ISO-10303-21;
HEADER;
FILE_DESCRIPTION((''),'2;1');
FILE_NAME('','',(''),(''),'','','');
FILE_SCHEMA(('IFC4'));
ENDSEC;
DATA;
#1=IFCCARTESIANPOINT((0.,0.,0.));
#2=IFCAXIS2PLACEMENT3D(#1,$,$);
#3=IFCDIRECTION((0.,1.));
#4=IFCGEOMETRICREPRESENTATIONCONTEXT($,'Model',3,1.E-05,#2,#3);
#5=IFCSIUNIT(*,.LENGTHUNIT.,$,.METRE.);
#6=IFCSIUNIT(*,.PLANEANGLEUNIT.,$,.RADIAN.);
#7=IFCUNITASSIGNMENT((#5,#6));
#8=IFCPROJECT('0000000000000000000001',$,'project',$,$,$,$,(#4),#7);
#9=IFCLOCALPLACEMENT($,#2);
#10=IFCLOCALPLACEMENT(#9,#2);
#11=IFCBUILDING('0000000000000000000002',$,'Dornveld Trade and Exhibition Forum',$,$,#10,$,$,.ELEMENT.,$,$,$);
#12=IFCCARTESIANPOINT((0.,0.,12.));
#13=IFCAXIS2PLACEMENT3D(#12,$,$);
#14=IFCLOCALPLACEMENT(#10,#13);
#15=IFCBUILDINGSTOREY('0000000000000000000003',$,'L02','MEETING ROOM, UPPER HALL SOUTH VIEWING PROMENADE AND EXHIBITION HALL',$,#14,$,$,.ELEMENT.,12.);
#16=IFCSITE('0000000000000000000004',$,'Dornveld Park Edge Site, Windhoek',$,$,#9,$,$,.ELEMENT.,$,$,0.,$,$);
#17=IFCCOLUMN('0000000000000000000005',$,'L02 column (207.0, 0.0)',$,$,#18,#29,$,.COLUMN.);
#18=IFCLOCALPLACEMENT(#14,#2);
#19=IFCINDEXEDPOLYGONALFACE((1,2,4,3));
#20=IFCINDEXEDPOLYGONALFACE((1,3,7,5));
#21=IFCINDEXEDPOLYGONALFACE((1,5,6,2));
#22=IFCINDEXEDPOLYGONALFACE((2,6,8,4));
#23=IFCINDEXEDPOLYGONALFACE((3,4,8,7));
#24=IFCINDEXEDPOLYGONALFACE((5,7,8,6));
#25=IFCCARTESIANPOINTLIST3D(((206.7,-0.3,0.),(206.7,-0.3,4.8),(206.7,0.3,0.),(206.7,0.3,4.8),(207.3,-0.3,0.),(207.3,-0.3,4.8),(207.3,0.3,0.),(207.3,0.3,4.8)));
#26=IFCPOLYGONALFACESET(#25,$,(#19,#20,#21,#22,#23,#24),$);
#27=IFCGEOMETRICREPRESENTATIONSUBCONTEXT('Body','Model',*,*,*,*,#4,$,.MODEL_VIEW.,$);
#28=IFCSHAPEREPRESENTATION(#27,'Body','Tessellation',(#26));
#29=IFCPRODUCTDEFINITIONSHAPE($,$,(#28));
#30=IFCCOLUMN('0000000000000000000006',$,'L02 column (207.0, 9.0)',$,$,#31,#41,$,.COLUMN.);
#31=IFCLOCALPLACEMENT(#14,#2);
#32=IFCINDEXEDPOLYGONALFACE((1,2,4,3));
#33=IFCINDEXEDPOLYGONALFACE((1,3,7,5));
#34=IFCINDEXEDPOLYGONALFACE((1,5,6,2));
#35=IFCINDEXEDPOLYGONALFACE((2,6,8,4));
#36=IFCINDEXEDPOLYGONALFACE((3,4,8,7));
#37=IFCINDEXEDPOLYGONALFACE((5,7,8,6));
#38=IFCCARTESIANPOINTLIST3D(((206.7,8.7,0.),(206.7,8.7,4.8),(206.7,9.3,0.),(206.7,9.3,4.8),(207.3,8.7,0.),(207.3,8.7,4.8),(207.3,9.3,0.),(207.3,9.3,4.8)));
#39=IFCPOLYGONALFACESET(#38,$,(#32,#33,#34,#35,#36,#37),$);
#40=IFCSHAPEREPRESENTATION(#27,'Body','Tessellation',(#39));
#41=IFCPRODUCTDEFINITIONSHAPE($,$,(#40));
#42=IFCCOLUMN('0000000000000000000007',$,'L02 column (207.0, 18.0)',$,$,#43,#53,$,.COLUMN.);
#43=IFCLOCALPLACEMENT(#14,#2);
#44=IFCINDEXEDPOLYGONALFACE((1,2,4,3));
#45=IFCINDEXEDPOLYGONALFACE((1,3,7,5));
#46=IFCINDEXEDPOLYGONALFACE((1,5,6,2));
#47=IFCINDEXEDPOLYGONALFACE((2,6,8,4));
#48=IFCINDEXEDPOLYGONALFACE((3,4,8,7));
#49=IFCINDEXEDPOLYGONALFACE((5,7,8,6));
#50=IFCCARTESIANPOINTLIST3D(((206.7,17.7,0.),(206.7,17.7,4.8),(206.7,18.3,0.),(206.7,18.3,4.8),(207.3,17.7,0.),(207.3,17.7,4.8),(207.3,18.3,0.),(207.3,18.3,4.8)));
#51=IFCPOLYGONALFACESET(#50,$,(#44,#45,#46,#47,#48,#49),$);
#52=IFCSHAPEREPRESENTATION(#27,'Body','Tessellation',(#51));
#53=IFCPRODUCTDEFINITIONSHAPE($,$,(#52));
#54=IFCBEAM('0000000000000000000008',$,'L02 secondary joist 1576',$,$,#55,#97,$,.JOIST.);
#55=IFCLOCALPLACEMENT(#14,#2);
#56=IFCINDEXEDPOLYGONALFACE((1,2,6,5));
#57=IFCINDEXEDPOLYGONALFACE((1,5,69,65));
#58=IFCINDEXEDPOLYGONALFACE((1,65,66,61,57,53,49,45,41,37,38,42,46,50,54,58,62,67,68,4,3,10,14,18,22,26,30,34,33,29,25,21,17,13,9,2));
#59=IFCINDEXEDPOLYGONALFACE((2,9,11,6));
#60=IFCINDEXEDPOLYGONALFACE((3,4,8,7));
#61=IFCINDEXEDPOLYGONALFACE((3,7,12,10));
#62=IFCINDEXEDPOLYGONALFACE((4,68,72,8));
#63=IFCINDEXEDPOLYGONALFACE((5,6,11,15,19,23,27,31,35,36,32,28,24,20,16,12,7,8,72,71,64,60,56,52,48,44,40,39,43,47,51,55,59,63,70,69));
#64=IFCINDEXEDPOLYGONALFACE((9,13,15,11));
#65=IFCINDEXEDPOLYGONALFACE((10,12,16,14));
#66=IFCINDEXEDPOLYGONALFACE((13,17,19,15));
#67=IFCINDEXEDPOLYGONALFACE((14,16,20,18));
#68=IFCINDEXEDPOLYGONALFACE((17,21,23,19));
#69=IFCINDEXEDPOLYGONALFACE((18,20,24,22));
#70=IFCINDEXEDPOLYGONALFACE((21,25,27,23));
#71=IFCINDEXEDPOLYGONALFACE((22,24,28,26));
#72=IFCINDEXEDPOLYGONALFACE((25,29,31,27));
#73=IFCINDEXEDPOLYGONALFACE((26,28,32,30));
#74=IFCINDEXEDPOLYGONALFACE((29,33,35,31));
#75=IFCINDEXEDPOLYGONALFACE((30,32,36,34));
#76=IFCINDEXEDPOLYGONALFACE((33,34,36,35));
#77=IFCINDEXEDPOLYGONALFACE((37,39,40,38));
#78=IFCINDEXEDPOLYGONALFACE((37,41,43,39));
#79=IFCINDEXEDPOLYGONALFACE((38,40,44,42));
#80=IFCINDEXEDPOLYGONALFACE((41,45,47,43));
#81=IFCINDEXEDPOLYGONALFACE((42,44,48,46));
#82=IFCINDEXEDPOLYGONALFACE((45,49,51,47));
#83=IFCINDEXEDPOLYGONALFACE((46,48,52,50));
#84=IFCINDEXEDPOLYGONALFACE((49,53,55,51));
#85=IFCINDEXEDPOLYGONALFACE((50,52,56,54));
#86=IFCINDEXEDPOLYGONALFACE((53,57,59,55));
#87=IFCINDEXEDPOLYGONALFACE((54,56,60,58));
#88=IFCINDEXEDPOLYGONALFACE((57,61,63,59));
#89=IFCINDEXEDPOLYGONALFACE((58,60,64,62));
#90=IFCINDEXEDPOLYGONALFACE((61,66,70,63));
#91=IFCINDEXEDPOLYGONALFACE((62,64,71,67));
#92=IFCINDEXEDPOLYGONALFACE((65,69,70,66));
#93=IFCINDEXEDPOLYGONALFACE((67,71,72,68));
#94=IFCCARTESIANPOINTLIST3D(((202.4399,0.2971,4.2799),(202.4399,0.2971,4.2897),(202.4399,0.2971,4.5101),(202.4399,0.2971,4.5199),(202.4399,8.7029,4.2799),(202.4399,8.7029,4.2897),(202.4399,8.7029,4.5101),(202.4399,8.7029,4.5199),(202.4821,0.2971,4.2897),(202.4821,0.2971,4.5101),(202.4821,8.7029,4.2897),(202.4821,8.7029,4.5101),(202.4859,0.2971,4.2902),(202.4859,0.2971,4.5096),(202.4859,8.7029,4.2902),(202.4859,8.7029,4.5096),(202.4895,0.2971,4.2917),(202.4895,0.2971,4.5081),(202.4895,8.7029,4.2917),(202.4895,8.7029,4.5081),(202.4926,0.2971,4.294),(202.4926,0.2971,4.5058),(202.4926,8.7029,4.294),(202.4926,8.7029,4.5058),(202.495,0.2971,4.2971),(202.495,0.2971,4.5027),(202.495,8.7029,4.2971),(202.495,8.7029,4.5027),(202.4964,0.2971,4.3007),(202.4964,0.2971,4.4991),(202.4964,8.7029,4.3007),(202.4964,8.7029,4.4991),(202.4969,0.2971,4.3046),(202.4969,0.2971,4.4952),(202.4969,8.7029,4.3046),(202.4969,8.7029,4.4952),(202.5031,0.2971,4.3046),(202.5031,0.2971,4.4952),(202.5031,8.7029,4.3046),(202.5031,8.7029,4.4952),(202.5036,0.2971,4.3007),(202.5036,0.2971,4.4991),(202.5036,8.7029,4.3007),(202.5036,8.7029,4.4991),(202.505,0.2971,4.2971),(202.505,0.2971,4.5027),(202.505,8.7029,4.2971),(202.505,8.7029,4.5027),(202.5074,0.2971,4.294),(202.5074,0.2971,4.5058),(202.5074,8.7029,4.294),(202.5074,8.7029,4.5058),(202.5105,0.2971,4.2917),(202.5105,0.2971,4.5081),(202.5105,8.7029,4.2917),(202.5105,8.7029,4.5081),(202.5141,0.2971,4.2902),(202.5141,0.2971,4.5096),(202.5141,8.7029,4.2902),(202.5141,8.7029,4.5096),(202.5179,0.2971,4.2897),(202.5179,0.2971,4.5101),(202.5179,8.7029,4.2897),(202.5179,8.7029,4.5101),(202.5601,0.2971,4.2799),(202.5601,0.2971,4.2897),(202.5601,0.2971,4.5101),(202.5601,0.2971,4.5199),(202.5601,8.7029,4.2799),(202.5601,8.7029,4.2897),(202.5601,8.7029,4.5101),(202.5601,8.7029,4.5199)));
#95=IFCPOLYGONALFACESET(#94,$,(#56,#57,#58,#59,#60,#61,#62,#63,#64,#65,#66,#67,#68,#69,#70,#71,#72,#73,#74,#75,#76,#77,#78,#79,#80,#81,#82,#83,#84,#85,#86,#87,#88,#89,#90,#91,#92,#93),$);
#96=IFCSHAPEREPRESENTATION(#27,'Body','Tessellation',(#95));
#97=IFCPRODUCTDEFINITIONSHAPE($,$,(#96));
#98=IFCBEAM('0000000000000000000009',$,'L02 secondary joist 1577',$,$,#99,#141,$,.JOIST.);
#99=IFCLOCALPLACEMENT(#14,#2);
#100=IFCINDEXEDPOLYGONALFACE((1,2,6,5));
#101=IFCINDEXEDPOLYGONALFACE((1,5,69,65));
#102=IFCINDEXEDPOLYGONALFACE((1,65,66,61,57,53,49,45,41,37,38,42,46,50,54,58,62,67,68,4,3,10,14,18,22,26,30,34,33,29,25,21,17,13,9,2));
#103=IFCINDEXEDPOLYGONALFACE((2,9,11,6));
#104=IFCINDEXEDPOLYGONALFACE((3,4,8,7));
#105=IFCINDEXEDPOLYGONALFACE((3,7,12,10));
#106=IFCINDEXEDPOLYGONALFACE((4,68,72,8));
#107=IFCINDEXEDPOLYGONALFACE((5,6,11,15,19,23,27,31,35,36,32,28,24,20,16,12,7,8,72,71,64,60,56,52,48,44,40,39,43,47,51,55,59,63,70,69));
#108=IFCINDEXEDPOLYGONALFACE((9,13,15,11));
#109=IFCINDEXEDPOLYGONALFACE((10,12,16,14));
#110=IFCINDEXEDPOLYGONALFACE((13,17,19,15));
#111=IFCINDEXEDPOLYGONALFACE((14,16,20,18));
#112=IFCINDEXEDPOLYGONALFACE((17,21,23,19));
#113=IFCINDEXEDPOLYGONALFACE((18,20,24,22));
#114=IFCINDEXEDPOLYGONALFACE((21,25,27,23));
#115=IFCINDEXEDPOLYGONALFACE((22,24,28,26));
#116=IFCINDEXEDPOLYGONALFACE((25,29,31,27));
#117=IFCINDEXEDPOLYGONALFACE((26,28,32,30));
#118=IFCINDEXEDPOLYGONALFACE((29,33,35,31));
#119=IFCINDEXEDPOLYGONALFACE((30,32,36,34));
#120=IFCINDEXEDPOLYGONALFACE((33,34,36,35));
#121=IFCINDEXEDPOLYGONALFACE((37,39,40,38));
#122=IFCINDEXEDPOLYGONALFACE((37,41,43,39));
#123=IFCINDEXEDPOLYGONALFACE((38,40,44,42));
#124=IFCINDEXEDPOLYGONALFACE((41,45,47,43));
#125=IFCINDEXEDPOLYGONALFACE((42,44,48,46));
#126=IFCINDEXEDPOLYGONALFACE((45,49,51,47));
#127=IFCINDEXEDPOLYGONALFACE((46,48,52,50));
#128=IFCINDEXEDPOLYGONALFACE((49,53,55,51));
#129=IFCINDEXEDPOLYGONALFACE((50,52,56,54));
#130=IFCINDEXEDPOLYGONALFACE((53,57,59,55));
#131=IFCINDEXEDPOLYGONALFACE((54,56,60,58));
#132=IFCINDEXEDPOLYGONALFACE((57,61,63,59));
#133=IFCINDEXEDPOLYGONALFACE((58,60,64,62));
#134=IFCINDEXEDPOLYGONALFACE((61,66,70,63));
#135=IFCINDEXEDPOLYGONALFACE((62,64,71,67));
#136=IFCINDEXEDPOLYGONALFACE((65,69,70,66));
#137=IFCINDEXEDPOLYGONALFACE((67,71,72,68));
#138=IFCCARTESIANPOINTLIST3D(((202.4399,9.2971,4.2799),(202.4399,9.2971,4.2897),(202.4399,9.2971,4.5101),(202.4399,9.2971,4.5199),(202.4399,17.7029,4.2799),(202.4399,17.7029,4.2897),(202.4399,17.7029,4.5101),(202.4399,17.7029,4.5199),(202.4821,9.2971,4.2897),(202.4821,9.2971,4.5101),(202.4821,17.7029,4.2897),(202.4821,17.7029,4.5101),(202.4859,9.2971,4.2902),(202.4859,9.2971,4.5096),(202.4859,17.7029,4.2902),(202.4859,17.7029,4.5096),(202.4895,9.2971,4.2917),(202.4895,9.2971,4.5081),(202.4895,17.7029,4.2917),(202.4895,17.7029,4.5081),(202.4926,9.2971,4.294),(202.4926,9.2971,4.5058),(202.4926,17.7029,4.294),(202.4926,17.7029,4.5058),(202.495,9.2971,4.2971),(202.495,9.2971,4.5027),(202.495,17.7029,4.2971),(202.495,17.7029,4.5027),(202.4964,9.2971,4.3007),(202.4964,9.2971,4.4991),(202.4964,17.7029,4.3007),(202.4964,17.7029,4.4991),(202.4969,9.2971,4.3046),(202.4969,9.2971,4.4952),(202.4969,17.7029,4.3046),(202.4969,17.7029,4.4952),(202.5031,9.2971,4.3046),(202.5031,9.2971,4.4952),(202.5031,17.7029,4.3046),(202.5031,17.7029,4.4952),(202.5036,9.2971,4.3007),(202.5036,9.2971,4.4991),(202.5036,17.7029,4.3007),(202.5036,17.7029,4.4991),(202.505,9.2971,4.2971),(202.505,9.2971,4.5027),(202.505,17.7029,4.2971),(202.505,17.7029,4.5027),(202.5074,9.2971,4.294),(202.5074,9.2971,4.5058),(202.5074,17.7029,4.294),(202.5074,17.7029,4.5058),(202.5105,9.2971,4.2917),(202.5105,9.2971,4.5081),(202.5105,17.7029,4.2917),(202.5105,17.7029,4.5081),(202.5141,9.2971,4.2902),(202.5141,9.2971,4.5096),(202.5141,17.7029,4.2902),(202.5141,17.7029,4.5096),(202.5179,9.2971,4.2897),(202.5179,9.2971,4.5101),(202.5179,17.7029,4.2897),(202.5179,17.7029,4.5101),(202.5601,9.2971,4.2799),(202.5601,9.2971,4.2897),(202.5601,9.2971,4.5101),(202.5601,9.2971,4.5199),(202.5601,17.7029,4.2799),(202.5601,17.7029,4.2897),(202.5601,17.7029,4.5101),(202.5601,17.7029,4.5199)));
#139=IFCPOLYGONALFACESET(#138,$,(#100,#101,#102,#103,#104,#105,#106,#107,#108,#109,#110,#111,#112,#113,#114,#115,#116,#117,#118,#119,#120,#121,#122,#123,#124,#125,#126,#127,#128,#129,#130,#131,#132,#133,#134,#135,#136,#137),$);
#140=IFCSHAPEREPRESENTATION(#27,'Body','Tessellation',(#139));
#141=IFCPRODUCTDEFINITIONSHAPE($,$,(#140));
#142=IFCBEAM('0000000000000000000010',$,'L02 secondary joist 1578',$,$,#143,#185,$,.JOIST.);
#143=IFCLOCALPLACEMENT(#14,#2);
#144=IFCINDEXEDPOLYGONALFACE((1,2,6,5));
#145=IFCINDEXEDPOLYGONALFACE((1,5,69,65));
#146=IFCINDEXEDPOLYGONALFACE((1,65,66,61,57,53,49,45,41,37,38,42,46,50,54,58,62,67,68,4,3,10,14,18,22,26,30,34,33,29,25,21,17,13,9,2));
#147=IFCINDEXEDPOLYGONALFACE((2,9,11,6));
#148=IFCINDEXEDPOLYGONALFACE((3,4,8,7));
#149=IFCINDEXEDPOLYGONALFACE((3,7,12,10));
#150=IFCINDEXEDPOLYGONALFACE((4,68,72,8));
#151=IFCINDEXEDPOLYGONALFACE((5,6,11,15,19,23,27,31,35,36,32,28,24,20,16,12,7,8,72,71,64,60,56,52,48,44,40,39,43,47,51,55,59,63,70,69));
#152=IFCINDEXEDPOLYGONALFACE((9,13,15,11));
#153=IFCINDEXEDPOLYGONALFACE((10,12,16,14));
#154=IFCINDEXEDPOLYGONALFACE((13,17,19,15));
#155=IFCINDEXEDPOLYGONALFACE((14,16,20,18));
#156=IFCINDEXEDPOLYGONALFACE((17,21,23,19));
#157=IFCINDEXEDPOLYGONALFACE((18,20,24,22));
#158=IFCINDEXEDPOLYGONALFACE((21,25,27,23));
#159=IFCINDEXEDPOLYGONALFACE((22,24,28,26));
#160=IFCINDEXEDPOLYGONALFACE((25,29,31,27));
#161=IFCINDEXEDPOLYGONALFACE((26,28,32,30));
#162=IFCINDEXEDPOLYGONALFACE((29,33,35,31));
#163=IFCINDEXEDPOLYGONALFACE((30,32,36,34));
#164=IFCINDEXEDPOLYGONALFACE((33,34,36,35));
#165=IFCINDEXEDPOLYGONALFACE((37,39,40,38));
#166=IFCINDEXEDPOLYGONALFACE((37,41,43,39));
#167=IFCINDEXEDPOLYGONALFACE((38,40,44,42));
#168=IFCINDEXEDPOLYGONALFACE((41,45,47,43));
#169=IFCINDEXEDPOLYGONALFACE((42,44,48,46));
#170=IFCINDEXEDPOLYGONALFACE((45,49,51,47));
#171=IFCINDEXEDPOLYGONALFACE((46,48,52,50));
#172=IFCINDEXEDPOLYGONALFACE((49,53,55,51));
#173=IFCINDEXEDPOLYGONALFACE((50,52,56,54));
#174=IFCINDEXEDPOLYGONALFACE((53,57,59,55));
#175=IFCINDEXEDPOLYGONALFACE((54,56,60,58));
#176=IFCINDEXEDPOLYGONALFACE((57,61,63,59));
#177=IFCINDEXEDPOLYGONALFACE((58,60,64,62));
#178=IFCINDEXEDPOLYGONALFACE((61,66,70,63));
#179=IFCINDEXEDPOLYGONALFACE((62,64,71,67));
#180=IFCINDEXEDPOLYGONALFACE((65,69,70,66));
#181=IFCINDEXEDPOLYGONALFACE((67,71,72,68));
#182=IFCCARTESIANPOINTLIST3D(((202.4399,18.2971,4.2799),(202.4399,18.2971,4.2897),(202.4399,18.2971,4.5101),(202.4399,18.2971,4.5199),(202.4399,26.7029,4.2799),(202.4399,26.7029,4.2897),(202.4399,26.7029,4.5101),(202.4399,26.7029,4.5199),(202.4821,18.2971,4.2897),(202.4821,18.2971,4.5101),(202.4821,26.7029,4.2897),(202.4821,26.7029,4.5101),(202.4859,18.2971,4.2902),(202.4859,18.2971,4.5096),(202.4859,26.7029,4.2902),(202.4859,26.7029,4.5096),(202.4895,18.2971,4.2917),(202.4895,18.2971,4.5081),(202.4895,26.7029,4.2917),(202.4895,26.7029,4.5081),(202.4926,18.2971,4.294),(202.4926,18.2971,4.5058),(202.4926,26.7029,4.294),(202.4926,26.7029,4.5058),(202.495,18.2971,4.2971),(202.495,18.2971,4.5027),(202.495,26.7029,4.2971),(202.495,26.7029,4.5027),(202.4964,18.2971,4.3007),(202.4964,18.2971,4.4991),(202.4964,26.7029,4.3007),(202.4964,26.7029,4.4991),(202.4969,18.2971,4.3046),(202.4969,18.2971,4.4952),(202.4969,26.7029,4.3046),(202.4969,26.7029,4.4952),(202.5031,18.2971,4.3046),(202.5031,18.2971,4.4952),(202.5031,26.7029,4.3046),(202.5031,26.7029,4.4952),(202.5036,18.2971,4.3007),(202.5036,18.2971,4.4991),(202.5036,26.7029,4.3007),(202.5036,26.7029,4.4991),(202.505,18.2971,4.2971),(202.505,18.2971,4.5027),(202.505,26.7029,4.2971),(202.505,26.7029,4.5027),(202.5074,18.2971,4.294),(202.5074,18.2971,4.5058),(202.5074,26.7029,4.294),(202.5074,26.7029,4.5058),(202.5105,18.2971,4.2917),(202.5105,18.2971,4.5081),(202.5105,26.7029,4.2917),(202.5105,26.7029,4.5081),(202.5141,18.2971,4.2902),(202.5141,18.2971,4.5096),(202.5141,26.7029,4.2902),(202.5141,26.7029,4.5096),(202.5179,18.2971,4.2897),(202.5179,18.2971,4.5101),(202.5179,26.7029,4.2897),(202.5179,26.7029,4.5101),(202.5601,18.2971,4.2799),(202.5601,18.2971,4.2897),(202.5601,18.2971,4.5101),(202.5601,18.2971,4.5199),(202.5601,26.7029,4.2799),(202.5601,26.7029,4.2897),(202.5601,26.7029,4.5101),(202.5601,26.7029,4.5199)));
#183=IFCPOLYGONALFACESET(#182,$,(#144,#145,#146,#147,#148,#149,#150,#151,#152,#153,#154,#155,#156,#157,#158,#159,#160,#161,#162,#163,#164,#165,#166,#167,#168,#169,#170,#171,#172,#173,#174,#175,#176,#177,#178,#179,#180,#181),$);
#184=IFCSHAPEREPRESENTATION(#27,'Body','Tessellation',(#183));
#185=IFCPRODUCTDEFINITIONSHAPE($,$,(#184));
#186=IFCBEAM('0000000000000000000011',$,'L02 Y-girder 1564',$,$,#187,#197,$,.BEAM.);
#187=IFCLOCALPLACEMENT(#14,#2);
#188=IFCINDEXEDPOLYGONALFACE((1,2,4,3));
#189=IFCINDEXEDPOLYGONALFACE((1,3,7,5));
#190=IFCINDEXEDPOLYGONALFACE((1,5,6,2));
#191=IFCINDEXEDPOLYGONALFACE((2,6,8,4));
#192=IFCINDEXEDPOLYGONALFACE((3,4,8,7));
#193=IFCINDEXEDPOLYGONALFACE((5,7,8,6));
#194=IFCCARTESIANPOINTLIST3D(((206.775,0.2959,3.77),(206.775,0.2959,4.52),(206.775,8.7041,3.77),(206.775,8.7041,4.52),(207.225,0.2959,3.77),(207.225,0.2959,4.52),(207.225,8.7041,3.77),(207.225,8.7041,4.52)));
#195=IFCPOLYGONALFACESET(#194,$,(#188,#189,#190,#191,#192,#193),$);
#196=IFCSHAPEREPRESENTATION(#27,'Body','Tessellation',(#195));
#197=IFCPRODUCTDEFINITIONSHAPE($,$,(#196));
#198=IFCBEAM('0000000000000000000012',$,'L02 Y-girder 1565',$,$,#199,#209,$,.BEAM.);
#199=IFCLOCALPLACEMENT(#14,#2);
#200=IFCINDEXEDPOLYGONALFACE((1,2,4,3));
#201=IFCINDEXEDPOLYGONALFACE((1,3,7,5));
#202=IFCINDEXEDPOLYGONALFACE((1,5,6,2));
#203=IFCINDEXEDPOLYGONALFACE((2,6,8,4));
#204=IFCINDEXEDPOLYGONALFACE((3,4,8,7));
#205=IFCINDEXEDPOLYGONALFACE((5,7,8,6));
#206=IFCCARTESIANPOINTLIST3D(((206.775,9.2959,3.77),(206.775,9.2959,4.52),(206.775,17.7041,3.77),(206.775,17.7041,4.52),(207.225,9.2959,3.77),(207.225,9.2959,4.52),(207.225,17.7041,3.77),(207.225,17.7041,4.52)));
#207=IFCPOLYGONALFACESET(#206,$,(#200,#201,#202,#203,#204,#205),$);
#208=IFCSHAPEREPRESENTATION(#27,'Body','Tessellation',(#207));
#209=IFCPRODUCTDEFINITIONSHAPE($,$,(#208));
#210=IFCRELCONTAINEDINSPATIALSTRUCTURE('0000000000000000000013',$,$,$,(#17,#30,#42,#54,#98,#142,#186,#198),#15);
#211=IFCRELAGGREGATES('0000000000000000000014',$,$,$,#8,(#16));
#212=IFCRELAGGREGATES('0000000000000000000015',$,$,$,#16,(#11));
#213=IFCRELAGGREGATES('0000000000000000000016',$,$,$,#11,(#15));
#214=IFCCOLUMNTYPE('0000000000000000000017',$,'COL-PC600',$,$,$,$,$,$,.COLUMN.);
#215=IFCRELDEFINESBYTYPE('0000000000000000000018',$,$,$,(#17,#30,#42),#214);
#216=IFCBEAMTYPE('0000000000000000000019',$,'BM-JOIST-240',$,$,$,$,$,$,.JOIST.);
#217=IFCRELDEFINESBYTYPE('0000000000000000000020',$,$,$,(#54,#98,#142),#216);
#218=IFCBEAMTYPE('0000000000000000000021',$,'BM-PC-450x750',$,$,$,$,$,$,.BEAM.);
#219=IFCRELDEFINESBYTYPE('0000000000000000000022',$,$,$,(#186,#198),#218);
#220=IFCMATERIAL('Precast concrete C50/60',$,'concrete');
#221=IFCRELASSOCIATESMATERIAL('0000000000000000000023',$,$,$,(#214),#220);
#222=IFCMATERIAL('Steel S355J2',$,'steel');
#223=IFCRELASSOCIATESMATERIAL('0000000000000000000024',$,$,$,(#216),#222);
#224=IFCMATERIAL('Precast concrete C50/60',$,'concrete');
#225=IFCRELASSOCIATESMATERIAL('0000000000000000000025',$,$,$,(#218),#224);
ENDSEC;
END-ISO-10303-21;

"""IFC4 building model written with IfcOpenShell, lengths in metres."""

from ifc_helpers import new_model, si_unit, direction, frame, origin, origin_2d, place, context, subcontext, project, spatial, rectangle, i_section, extrude, material, material_profile, profile_set, type_object, element, save


model = new_model("IFC4")

# Units and contexts
model_context = context("Model", 3, precision=1e-05, world=origin(), true_north=direction((0.0, 1.0)))
body_context = subcontext(model_context, "Body", "Model", "MODEL_VIEW")
ifc_project = project(units=[si_unit("LENGTHUNIT", "METRE"), si_unit("PLANEANGLEUNIT", "RADIAN")], contexts=[model_context])

# Site, building, storey
site_placement = place(None, origin())
site = spatial("IfcSite", under=ifc_project, at=site_placement, Name="Dornveld Park Edge Site, Windhoek", CompositionType="ELEMENT", RefElevation=0.0)
building_placement = place(site_placement, origin())
building = spatial("IfcBuilding", under=site, at=building_placement, Name="Dornveld Trade and Exhibition Forum", CompositionType="ELEMENT")
storey_placement = place(building_placement, frame((0.0, 0.0, 12.0)))
storey = spatial("IfcBuildingStorey", under=building, at=storey_placement, Name="L02", Description="MEETING ROOM, UPPER HALL SOUTH VIEWING PROMENADE AND EXHIBITION HALL", CompositionType="ELEMENT", Elevation=12.0)

# Columns
ifc_material_1 = material(Name="Precast concrete C50/60", Category="concrete")
ifc_material_profile_1 = material_profile(ifc_material_1, rectangle(XDim=0.6001, YDim=0.6001, at=origin_2d()), Name="PC-COL 600x600")
ifc_profile_set_1 = profile_set([ifc_material_profile_1], Name="Precast concrete C50/60")
column_type = type_object("IfcColumnType", Name="COL-PC600", PredefinedType="COLUMN", material=ifc_profile_set_1)
for number, where, z_axis, x_axis, name in (
    (1, (207.0, 0.0, 0.0), (0.0, 0.0, 1.0), (1.0, 0.0, 0.0), "L02 column (207.0, 0.0)"),
    (2, (207.0, 9.0, 0.0), (0.0, 0.0, 1.0), (1.0, 0.0, 0.0), "L02 column (207.0, 9.0)"),
    (3, (207.0, 18.0, 0.0), (0.0, 0.0, 1.0), (1.0, 0.0, 0.0), "L02 column (207.0, 18.0)"),
):
    element("IfcColumn", number, at=place(storey_placement, frame(where, z_axis=z_axis, x_axis=x_axis)), inside=storey, type_object=column_type, Name=name, PredefinedType="COLUMN", context=body_context, shape_type="SweptSolid", body=[
        extrude(rectangle(XDim=0.6001, YDim=0.6001, at=origin_2d()), origin(), (0.0, 0.0, 1.0), 4.8),
    ])

# Beams
ifc_material_2 = material(Name="Steel S355J2", Category="steel")
ifc_material_profile_2 = material_profile(ifc_material_2, i_section(OverallWidth=0.1201, OverallDepth=0.24, WebThickness=0.0061, FlangeThickness=0.0098, FilletRadius=0.0149, at=origin_2d()), Name="IPE 240")
ifc_profile_set_2 = profile_set([ifc_material_profile_2], Name="Steel S355J2")
beam_type_1 = type_object("IfcBeamType", Name="BM-JOIST-240", PredefinedType="JOIST", material=ifc_profile_set_2)
for number, where, z_axis, x_axis, name in (
    (4, (202.5, 0.2971, 4.3999), (0.0, 1.0, 0.0), (-1.0, 0.0, 0.0), "L02 secondary joist 1576"),
    (5, (202.5, 9.2971, 4.3999), (0.0, 1.0, 0.0), (-1.0, 0.0, 0.0), "L02 secondary joist 1577"),
    (6, (202.5, 18.2971, 4.3999), (0.0, 1.0, 0.0), (-1.0, 0.0, 0.0), "L02 secondary joist 1578"),
):
    element("IfcBeam", number, at=place(storey_placement, frame(where, z_axis=z_axis, x_axis=x_axis)), inside=storey, type_object=beam_type_1, Name=name, PredefinedType="JOIST", context=body_context, shape_type="SweptSolid", body=[
        extrude(i_section(OverallWidth=0.1201, OverallDepth=0.24, WebThickness=0.0061, FlangeThickness=0.0098, FilletRadius=0.0149, at=origin_2d()), origin(), (0.0, 0.0, 1.0), 8.4058),
    ])
ifc_material_3 = material(Name="Precast concrete C50/60", Category="concrete")
ifc_material_profile_3 = material_profile(ifc_material_3, rectangle(XDim=0.45, YDim=0.75, at=origin_2d()), Name="PC-BM 450x750")
ifc_profile_set_3 = profile_set([ifc_material_profile_3], Name="Precast concrete C50/60")
beam_type_2 = type_object("IfcBeamType", Name="BM-PC-450x750", PredefinedType="BEAM", material=ifc_profile_set_3)
for number, where, z_axis, x_axis, name in (
    (7, (207.0, 0.2959, 4.145), (0.0, 1.0, 0.0), (-1.0, 0.0, 0.0), "L02 Y-girder 1564"),
    (8, (207.0, 9.2959, 4.145), (0.0, 1.0, 0.0), (-1.0, 0.0, 0.0), "L02 Y-girder 1565"),
):
    element("IfcBeam", number, at=place(storey_placement, frame(where, z_axis=z_axis, x_axis=x_axis)), inside=storey, type_object=beam_type_2, Name=name, PredefinedType="BEAM", context=body_context, shape_type="SweptSolid", body=[
        extrude(rectangle(XDim=0.45, YDim=0.75, at=origin_2d()), origin(), (0.0, 0.0, 1.0), 8.4082),
    ])

save(model, "model.ifc")
